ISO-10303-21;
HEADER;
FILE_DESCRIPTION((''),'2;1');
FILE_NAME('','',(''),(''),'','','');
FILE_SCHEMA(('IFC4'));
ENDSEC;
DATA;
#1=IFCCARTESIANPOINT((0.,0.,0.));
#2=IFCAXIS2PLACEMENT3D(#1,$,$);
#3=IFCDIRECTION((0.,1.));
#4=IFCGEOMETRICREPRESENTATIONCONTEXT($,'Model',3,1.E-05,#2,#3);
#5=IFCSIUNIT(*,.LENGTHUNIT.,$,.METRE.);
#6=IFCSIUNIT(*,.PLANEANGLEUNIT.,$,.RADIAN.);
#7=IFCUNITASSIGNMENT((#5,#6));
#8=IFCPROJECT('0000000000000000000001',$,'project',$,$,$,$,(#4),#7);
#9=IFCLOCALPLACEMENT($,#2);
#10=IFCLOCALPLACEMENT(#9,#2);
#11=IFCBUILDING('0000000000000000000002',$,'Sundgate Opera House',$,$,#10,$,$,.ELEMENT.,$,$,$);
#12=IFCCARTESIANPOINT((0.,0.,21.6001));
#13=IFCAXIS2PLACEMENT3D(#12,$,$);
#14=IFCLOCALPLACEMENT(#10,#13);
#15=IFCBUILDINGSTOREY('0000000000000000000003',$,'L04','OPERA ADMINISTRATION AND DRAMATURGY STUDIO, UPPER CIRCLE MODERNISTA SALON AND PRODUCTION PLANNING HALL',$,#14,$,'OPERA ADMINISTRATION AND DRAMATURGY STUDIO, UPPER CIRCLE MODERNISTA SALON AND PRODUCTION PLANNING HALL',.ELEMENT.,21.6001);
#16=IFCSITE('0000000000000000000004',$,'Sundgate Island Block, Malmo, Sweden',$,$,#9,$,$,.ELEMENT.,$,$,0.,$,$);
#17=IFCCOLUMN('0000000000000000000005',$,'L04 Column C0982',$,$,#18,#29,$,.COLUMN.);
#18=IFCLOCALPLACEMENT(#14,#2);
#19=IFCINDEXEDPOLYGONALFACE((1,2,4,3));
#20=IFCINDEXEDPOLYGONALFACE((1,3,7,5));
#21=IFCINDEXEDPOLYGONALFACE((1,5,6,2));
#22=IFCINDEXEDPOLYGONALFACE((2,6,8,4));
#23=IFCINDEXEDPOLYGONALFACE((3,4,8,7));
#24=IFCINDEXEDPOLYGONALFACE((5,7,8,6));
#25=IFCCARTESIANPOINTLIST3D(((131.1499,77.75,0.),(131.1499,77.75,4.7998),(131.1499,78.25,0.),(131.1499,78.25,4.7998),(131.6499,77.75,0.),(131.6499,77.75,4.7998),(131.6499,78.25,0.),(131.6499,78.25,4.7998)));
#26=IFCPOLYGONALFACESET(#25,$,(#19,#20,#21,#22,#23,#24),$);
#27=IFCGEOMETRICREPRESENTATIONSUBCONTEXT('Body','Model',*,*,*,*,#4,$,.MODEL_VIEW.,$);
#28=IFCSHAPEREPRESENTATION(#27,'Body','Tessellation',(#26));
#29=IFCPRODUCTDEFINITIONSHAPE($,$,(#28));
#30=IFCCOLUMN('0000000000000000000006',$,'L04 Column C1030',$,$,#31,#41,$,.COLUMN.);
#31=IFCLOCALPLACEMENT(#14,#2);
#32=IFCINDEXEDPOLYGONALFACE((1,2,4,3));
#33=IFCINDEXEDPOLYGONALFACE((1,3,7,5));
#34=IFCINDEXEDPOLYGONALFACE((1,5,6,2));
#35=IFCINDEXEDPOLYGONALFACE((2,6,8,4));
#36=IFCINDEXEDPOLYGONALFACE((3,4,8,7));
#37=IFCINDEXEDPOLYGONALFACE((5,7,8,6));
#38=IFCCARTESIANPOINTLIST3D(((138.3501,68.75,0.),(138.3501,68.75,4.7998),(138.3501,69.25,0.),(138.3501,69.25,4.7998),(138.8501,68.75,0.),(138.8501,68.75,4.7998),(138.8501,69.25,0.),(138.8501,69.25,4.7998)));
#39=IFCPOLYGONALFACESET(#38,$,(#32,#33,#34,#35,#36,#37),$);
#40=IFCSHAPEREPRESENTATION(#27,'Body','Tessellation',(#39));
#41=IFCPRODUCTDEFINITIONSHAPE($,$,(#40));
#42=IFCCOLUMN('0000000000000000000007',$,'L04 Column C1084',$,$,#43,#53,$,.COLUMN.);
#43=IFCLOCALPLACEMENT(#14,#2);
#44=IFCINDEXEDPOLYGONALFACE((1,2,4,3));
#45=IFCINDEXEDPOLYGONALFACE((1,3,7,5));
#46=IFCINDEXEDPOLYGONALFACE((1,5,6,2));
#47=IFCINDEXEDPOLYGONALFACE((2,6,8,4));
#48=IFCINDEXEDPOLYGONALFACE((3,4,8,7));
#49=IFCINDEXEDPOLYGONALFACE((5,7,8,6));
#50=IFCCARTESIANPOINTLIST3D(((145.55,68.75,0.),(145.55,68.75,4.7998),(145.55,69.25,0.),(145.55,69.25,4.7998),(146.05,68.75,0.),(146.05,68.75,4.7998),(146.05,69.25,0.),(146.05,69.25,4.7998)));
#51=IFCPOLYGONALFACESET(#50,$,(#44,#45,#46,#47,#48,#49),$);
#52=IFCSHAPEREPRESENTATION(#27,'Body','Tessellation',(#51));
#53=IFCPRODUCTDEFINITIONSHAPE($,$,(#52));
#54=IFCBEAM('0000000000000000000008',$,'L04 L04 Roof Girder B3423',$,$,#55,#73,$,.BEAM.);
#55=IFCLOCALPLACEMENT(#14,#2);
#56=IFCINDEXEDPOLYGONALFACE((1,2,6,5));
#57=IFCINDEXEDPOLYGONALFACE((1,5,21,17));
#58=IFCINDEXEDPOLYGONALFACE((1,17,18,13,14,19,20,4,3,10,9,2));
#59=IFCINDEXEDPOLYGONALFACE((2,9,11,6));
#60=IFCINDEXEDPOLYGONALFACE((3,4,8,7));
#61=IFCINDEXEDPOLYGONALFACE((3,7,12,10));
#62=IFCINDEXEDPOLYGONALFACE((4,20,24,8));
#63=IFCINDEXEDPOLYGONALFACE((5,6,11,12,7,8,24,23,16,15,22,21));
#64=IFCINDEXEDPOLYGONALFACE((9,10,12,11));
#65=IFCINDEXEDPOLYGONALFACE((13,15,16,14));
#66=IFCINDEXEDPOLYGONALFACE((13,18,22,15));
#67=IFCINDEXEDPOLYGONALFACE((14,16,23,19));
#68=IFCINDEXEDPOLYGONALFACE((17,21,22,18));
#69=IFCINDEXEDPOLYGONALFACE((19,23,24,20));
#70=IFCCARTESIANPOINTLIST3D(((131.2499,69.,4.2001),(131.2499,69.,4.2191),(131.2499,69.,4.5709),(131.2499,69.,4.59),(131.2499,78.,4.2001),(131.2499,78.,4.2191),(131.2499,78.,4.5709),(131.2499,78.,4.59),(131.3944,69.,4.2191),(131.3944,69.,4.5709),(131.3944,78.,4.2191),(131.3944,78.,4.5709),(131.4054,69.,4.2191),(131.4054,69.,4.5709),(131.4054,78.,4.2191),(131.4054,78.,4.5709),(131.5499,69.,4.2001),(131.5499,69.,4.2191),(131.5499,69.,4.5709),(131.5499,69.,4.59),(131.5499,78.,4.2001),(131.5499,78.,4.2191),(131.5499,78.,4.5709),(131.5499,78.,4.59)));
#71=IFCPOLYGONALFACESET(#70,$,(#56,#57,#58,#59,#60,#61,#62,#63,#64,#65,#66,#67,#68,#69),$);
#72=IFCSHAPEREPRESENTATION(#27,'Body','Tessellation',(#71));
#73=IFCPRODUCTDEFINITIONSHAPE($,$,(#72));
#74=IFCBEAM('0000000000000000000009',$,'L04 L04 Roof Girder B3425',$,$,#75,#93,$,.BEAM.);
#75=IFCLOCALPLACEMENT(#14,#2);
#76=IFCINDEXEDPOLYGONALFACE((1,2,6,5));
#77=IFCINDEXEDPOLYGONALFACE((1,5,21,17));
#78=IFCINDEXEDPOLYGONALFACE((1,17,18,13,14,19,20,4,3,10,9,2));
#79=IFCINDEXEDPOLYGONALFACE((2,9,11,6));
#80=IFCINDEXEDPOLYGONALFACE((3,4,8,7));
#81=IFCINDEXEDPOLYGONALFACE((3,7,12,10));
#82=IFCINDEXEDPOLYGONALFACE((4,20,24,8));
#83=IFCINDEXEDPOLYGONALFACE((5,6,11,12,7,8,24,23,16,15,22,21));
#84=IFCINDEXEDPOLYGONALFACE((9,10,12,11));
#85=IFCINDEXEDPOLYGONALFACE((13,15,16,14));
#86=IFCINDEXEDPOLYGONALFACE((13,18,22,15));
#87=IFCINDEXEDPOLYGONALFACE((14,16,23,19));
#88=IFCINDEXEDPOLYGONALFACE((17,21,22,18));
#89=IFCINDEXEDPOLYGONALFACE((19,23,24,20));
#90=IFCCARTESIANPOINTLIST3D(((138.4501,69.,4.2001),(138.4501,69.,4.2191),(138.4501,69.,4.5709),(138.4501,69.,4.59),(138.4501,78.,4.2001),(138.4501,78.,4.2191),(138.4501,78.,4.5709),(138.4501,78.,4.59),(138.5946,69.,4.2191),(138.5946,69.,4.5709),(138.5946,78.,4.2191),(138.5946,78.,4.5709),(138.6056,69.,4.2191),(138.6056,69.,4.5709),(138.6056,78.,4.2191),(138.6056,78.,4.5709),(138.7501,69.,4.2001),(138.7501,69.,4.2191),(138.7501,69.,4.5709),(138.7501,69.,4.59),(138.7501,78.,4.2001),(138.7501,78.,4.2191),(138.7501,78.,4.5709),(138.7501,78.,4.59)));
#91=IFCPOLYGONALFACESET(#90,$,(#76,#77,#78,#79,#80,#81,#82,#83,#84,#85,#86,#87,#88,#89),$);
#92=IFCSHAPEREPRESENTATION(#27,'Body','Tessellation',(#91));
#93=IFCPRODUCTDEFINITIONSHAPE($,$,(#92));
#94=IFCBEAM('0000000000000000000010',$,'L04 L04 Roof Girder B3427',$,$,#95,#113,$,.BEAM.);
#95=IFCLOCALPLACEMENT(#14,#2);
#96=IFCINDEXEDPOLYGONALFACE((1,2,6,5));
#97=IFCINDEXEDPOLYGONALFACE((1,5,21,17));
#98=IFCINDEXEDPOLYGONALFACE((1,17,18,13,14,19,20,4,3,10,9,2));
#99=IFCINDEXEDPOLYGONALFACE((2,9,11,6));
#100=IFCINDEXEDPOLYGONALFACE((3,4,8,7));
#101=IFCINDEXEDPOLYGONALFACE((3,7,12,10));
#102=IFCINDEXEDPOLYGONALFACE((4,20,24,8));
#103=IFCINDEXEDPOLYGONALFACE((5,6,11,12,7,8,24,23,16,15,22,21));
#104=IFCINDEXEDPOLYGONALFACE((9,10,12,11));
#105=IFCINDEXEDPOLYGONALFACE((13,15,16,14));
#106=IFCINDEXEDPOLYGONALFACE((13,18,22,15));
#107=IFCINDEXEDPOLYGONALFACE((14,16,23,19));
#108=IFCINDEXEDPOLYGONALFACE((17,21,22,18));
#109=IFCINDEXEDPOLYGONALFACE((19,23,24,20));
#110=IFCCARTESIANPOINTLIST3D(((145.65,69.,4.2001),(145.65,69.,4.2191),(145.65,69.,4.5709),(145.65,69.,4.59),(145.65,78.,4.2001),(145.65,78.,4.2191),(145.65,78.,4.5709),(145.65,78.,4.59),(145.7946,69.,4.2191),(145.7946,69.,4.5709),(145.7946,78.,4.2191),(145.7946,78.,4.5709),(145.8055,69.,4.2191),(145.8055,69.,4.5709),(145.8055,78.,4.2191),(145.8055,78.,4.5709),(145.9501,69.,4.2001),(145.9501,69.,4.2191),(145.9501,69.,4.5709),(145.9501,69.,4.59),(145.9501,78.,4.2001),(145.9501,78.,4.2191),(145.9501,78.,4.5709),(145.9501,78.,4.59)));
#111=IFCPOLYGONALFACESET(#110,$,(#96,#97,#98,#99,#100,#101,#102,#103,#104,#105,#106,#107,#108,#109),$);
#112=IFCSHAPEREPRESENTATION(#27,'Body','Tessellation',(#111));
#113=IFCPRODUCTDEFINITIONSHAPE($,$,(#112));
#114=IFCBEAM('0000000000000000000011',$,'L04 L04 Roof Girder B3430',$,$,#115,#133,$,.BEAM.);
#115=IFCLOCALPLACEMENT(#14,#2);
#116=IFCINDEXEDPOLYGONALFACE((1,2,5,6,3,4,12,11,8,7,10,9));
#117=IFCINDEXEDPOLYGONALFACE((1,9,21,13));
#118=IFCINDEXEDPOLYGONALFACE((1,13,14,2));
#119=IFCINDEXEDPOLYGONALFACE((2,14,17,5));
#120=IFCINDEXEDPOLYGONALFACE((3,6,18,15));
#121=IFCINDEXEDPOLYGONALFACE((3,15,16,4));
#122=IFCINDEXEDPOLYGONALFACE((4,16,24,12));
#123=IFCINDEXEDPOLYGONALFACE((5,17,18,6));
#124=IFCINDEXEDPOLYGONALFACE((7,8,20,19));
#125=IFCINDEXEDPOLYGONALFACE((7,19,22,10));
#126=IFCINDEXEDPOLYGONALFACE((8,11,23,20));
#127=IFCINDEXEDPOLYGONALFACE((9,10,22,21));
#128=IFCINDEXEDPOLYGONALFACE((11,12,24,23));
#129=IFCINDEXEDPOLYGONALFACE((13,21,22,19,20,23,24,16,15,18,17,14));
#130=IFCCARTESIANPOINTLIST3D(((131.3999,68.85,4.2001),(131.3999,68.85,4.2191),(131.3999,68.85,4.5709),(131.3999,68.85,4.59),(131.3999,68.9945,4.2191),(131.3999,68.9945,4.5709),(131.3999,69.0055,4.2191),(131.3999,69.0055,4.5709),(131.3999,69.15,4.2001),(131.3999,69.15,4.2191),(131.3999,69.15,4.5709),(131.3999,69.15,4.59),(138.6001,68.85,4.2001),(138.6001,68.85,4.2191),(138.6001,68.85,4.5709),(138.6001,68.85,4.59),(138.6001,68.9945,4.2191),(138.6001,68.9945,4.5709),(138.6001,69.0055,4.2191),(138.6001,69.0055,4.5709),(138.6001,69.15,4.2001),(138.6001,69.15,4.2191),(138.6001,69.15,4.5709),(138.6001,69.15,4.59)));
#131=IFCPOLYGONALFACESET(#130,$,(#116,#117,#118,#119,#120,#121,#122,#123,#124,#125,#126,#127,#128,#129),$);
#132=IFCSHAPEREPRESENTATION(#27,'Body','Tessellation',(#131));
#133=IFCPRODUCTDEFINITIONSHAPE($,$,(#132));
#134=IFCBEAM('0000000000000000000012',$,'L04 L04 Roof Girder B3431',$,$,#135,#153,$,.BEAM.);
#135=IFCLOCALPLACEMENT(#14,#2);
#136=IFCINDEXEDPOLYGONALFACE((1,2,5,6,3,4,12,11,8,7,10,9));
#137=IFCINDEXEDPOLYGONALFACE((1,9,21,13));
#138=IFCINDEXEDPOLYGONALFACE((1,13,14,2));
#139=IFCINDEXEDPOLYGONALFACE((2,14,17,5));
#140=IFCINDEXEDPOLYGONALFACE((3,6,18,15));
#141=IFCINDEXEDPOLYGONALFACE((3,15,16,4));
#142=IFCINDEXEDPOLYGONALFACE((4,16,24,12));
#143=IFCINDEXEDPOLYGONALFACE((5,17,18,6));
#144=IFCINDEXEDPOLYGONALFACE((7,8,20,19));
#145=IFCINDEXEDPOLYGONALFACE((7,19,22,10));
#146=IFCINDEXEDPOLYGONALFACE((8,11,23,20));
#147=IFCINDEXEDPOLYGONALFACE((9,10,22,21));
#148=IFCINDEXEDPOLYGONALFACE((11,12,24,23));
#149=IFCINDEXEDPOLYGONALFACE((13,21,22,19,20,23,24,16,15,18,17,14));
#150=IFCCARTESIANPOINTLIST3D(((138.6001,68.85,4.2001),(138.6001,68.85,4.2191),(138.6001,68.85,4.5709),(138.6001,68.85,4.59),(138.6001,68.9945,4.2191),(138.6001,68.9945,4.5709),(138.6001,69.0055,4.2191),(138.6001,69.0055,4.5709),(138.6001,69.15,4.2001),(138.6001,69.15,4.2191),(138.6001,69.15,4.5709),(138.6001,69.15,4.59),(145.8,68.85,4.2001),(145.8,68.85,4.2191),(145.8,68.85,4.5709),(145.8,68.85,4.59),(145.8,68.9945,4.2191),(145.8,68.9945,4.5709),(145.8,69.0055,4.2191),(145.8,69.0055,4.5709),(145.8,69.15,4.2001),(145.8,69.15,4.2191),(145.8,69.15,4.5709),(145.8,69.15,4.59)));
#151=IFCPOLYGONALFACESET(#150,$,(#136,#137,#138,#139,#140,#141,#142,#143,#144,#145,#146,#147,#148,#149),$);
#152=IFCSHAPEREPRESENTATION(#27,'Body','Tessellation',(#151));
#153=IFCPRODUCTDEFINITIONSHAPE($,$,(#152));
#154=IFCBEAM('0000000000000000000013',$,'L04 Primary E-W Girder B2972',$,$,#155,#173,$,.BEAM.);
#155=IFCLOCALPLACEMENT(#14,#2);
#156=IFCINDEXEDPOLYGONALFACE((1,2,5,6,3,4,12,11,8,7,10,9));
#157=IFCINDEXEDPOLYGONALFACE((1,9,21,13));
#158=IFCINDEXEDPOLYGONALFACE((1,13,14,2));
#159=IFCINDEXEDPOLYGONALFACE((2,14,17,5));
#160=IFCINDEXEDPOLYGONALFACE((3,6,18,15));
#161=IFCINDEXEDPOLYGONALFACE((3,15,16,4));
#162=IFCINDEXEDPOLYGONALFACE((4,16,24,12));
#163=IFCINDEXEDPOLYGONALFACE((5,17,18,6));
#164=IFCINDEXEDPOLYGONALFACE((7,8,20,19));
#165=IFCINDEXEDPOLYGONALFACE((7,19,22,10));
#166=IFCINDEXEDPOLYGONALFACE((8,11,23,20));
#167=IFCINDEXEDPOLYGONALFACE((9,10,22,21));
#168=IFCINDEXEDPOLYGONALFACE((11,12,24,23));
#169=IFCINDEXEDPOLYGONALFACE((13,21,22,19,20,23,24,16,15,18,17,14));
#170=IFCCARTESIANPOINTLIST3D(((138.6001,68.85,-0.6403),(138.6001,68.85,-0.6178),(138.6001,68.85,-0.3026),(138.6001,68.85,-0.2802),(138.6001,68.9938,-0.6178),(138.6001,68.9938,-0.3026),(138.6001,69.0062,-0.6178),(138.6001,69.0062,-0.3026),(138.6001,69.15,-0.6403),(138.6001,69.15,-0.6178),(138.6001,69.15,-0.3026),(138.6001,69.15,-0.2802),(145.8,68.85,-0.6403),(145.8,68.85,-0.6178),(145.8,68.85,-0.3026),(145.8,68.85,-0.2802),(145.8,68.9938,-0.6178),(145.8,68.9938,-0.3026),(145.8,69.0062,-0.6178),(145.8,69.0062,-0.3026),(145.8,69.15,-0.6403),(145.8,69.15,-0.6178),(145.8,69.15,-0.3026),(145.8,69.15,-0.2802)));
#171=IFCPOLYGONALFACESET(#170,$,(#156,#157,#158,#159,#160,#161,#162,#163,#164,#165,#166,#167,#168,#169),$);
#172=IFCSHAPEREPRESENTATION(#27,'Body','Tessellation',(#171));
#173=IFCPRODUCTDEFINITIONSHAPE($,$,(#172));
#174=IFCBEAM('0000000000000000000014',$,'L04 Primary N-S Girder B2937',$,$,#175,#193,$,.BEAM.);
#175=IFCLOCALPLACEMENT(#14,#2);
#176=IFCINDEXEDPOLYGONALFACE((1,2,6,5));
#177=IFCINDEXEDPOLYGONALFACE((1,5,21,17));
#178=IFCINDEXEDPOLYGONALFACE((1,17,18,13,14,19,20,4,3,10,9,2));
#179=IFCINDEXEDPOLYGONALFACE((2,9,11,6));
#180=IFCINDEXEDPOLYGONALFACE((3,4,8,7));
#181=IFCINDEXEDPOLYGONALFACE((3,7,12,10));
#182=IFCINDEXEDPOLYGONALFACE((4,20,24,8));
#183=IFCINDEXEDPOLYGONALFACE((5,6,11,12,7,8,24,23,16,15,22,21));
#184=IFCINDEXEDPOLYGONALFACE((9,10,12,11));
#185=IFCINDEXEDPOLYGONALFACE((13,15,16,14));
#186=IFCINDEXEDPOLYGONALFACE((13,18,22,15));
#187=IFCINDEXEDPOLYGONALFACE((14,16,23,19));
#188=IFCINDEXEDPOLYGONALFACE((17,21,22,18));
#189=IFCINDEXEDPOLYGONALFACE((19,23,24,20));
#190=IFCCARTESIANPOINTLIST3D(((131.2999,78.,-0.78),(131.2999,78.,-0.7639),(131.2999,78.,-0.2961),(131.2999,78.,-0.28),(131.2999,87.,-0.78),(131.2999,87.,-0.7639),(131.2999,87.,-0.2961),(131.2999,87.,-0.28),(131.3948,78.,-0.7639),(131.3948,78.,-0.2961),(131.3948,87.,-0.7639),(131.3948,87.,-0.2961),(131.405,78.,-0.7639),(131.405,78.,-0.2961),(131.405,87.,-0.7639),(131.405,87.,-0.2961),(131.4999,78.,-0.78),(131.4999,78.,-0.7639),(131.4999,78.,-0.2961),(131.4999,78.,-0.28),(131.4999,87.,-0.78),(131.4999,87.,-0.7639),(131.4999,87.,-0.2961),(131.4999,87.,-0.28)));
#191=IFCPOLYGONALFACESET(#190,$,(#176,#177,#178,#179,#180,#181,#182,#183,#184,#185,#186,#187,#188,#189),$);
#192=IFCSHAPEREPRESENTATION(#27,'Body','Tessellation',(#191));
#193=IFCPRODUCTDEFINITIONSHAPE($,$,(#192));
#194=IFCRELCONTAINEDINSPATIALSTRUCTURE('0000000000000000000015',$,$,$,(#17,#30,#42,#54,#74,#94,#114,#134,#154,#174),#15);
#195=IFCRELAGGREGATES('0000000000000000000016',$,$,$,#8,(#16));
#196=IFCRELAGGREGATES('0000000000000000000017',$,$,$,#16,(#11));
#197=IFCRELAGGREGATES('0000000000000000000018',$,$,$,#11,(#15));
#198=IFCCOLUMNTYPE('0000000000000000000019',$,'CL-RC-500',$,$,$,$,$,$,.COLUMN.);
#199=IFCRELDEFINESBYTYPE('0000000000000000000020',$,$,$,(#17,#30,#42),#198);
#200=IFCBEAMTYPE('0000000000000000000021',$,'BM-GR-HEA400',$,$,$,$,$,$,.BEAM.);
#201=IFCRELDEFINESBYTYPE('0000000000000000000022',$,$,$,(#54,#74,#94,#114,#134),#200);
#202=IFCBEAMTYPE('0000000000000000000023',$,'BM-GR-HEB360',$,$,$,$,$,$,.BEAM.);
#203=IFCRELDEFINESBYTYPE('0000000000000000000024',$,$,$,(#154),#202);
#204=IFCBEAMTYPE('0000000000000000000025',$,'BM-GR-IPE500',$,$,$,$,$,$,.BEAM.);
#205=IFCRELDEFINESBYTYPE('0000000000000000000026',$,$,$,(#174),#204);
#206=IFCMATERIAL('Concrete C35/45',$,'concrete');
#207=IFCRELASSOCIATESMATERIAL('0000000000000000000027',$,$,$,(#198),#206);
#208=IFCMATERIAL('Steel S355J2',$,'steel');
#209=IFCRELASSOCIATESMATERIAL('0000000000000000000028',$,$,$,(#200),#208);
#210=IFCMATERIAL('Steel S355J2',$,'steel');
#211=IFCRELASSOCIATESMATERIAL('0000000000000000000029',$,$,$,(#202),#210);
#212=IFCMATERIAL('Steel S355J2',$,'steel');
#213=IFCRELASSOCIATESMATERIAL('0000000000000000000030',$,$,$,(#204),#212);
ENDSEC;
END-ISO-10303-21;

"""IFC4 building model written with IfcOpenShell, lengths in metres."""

from ifc_helpers import new_model, si_unit, direction, frame, origin, origin_2d, place, context, subcontext, project, spatial, rectangle, i_section, extrude, material, material_profile, profile_set, type_object, element, save


model = new_model("IFC4")

# Units and contexts
model_context = context("Model", 3, precision=1e-05, world=origin(), true_north=direction((0.0, 1.0)))
body_context = subcontext(model_context, "Body", "Model", "MODEL_VIEW")
ifc_project = project(units=[si_unit("LENGTHUNIT", "METRE"), si_unit("PLANEANGLEUNIT", "RADIAN")], contexts=[model_context])

# Site, building, storey
site_placement = place(None, origin())
site = spatial("IfcSite", under=ifc_project, at=site_placement, Name="Sundgate Island Block, Malmo, Sweden", CompositionType="ELEMENT", RefElevation=0.0)
building_placement = place(site_placement, origin())
building = spatial("IfcBuilding", under=site, at=building_placement, Name="Sundgate Opera House", CompositionType="ELEMENT")
storey_placement = place(building_placement, frame((0.0, 0.0, 21.6001)))
storey = spatial("IfcBuildingStorey", under=building, at=storey_placement, Name="L04", Description="OPERA ADMINISTRATION AND DRAMATURGY STUDIO, UPPER CIRCLE MODERNISTA SALON AND PRODUCTION PLANNING HALL", LongName="OPERA ADMINISTRATION AND DRAMATURGY STUDIO, UPPER CIRCLE MODERNISTA SALON AND PRODUCTION PLANNING HALL", CompositionType="ELEMENT", Elevation=21.6001)

# Columns
ifc_material_1 = material(Name="Concrete C35/45", Category="concrete")
ifc_material_profile_1 = material_profile(ifc_material_1, rectangle(XDim=0.5, YDim=0.5, at=origin_2d()), Name="RC 500x500")
ifc_profile_set_1 = profile_set([ifc_material_profile_1], Name="Concrete C35/45")
column_type = type_object("IfcColumnType", Name="CL-RC-500", PredefinedType="COLUMN", material=ifc_profile_set_1)
for number, where, z_axis, x_axis, name in (
    (1, (131.3999, 78.0, 0.0), (0.0, 0.0, 1.0), (1.0, 0.0, 0.0), "L04 Column C0982"),
    (2, (138.6001, 69.0, 0.0), (0.0, 0.0, 1.0), (1.0, 0.0, 0.0), "L04 Column C1030"),
    (3, (145.8, 69.0, 0.0), (0.0, 0.0, 1.0), (1.0, 0.0, 0.0), "L04 Column C1084"),
):
    element("IfcColumn", number, at=place(storey_placement, frame(where, z_axis=z_axis, x_axis=x_axis)), inside=storey, type_object=column_type, Name=name, PredefinedType="COLUMN", context=body_context, shape_type="SweptSolid", body=[
        extrude(rectangle(XDim=0.5, YDim=0.5, at=origin_2d()), origin(), (0.0, 0.0, 1.0), 4.7998),
    ])

# Beams
ifc_material_2 = material(Name="Steel S355J2", Category="steel")
ifc_material_profile_2 = material_profile(ifc_material_2, i_section(OverallWidth=0.3, OverallDepth=0.3899, WebThickness=0.011, FlangeThickness=0.019, at=origin_2d()), Name="HEA 400")
ifc_profile_set_2 = profile_set([ifc_material_profile_2], Name="Steel S355J2")
beam_type_1 = type_object("IfcBeamType", Name="BM-GR-HEA400", PredefinedType="BEAM", material=ifc_profile_set_2)
for number, where, z_axis, x_axis, name in (
    (4, (131.3999, 69.0, 4.395), (0.0, 1.0, 0.0), (-1.0, 0.0, 0.0), "L04 L04 Roof Girder B3423"),
    (5, (138.6001, 69.0, 4.395), (0.0, 1.0, 0.0), (-1.0, 0.0, 0.0), "L04 L04 Roof Girder B3425"),
    (6, (145.8, 69.0, 4.395), (0.0, 1.0, 0.0), (-1.0, 0.0, 0.0), "L04 L04 Roof Girder B3427"),
):
    element("IfcBeam", number, at=place(storey_placement, frame(where, z_axis=z_axis, x_axis=x_axis)), inside=storey, type_object=beam_type_1, Name=name, PredefinedType="BEAM", context=body_context, shape_type="SweptSolid", body=[
        extrude(i_section(OverallWidth=0.3, OverallDepth=0.3899, WebThickness=0.011, FlangeThickness=0.019, at=origin_2d()), origin(), (0.0, 0.0, 1.0), 9.0),
    ])
beam_1_placement = place(storey_placement, frame((131.3999, 69.0, 4.395), z_axis=(1.0, 0.0, 0.0), x_axis=(0.0, 1.0, 0.0)))
element("IfcBeam", 7, at=beam_1_placement, inside=storey, type_object=beam_type_1, Name="L04 L04 Roof Girder B3430", PredefinedType="BEAM", context=body_context, shape_type="SweptSolid", body=[
    extrude(i_section(OverallWidth=0.3, OverallDepth=0.3899, WebThickness=0.011, FlangeThickness=0.019, at=origin_2d()), origin(), (0.0, 0.0, 1.0), 7.2002),
])
beam_2_placement = place(storey_placement, frame((138.6001, 69.0, 4.395), z_axis=(1.0, 0.0, 0.0), x_axis=(0.0, 1.0, 0.0)))
element("IfcBeam", 8, at=beam_2_placement, inside=storey, type_object=beam_type_1, Name="L04 L04 Roof Girder B3431", PredefinedType="BEAM", context=body_context, shape_type="SweptSolid", body=[
    extrude(i_section(OverallWidth=0.3, OverallDepth=0.3899, WebThickness=0.011, FlangeThickness=0.019, at=origin_2d()), origin(), (0.0, 0.0, 1.0), 7.2),
])
ifc_material_3 = material(Name="Steel S355J2", Category="steel")
ifc_material_profile_3 = material_profile(ifc_material_3, i_section(OverallWidth=0.3, OverallDepth=0.3601, WebThickness=0.0125, FlangeThickness=0.0225, at=origin_2d()), Name="HEB 360")
ifc_profile_set_3 = profile_set([ifc_material_profile_3], Name="Steel S355J2")
beam_type_2 = type_object("IfcBeamType", Name="BM-GR-HEB360", PredefinedType="BEAM", material=ifc_profile_set_3)
beam_3_placement = place(storey_placement, frame((138.6001, 69.0, -0.4602), z_axis=(1.0, 0.0, 0.0), x_axis=(0.0, 1.0, 0.0)))
element("IfcBeam", 9, at=beam_3_placement, inside=storey, type_object=beam_type_2, Name="L04 Primary E-W Girder B2972", PredefinedType="BEAM", context=body_context, shape_type="SweptSolid", body=[
    extrude(i_section(OverallWidth=0.3, OverallDepth=0.3601, WebThickness=0.0125, FlangeThickness=0.0225, at=origin_2d()), origin(), (0.0, 0.0, 1.0), 7.2),
])
ifc_material_4 = material(Name="Steel S355J2", Category="steel")
ifc_material_profile_4 = material_profile(ifc_material_4, i_section(OverallWidth=0.2, OverallDepth=0.5, WebThickness=0.0103, FlangeThickness=0.0161, at=origin_2d()), Name="IPE 500")
ifc_profile_set_4 = profile_set([ifc_material_profile_4], Name="Steel S355J2")
beam_type_3 = type_object("IfcBeamType", Name="BM-GR-IPE500", PredefinedType="BEAM", material=ifc_profile_set_4)
beam_4_placement = place(storey_placement, frame((131.3999, 78.0, -0.53), z_axis=(0.0, 1.0, 0.0), x_axis=(-1.0, 0.0, 0.0)))
element("IfcBeam", 10, at=beam_4_placement, inside=storey, type_object=beam_type_3, Name="L04 Primary N-S Girder B2937", PredefinedType="BEAM", context=body_context, shape_type="SweptSolid", body=[
    extrude(i_section(OverallWidth=0.2, OverallDepth=0.5, WebThickness=0.0103, FlangeThickness=0.0161, at=origin_2d()), origin(), (0.0, 0.0, 1.0), 9.0),
])

save(model, "model.ifc")
